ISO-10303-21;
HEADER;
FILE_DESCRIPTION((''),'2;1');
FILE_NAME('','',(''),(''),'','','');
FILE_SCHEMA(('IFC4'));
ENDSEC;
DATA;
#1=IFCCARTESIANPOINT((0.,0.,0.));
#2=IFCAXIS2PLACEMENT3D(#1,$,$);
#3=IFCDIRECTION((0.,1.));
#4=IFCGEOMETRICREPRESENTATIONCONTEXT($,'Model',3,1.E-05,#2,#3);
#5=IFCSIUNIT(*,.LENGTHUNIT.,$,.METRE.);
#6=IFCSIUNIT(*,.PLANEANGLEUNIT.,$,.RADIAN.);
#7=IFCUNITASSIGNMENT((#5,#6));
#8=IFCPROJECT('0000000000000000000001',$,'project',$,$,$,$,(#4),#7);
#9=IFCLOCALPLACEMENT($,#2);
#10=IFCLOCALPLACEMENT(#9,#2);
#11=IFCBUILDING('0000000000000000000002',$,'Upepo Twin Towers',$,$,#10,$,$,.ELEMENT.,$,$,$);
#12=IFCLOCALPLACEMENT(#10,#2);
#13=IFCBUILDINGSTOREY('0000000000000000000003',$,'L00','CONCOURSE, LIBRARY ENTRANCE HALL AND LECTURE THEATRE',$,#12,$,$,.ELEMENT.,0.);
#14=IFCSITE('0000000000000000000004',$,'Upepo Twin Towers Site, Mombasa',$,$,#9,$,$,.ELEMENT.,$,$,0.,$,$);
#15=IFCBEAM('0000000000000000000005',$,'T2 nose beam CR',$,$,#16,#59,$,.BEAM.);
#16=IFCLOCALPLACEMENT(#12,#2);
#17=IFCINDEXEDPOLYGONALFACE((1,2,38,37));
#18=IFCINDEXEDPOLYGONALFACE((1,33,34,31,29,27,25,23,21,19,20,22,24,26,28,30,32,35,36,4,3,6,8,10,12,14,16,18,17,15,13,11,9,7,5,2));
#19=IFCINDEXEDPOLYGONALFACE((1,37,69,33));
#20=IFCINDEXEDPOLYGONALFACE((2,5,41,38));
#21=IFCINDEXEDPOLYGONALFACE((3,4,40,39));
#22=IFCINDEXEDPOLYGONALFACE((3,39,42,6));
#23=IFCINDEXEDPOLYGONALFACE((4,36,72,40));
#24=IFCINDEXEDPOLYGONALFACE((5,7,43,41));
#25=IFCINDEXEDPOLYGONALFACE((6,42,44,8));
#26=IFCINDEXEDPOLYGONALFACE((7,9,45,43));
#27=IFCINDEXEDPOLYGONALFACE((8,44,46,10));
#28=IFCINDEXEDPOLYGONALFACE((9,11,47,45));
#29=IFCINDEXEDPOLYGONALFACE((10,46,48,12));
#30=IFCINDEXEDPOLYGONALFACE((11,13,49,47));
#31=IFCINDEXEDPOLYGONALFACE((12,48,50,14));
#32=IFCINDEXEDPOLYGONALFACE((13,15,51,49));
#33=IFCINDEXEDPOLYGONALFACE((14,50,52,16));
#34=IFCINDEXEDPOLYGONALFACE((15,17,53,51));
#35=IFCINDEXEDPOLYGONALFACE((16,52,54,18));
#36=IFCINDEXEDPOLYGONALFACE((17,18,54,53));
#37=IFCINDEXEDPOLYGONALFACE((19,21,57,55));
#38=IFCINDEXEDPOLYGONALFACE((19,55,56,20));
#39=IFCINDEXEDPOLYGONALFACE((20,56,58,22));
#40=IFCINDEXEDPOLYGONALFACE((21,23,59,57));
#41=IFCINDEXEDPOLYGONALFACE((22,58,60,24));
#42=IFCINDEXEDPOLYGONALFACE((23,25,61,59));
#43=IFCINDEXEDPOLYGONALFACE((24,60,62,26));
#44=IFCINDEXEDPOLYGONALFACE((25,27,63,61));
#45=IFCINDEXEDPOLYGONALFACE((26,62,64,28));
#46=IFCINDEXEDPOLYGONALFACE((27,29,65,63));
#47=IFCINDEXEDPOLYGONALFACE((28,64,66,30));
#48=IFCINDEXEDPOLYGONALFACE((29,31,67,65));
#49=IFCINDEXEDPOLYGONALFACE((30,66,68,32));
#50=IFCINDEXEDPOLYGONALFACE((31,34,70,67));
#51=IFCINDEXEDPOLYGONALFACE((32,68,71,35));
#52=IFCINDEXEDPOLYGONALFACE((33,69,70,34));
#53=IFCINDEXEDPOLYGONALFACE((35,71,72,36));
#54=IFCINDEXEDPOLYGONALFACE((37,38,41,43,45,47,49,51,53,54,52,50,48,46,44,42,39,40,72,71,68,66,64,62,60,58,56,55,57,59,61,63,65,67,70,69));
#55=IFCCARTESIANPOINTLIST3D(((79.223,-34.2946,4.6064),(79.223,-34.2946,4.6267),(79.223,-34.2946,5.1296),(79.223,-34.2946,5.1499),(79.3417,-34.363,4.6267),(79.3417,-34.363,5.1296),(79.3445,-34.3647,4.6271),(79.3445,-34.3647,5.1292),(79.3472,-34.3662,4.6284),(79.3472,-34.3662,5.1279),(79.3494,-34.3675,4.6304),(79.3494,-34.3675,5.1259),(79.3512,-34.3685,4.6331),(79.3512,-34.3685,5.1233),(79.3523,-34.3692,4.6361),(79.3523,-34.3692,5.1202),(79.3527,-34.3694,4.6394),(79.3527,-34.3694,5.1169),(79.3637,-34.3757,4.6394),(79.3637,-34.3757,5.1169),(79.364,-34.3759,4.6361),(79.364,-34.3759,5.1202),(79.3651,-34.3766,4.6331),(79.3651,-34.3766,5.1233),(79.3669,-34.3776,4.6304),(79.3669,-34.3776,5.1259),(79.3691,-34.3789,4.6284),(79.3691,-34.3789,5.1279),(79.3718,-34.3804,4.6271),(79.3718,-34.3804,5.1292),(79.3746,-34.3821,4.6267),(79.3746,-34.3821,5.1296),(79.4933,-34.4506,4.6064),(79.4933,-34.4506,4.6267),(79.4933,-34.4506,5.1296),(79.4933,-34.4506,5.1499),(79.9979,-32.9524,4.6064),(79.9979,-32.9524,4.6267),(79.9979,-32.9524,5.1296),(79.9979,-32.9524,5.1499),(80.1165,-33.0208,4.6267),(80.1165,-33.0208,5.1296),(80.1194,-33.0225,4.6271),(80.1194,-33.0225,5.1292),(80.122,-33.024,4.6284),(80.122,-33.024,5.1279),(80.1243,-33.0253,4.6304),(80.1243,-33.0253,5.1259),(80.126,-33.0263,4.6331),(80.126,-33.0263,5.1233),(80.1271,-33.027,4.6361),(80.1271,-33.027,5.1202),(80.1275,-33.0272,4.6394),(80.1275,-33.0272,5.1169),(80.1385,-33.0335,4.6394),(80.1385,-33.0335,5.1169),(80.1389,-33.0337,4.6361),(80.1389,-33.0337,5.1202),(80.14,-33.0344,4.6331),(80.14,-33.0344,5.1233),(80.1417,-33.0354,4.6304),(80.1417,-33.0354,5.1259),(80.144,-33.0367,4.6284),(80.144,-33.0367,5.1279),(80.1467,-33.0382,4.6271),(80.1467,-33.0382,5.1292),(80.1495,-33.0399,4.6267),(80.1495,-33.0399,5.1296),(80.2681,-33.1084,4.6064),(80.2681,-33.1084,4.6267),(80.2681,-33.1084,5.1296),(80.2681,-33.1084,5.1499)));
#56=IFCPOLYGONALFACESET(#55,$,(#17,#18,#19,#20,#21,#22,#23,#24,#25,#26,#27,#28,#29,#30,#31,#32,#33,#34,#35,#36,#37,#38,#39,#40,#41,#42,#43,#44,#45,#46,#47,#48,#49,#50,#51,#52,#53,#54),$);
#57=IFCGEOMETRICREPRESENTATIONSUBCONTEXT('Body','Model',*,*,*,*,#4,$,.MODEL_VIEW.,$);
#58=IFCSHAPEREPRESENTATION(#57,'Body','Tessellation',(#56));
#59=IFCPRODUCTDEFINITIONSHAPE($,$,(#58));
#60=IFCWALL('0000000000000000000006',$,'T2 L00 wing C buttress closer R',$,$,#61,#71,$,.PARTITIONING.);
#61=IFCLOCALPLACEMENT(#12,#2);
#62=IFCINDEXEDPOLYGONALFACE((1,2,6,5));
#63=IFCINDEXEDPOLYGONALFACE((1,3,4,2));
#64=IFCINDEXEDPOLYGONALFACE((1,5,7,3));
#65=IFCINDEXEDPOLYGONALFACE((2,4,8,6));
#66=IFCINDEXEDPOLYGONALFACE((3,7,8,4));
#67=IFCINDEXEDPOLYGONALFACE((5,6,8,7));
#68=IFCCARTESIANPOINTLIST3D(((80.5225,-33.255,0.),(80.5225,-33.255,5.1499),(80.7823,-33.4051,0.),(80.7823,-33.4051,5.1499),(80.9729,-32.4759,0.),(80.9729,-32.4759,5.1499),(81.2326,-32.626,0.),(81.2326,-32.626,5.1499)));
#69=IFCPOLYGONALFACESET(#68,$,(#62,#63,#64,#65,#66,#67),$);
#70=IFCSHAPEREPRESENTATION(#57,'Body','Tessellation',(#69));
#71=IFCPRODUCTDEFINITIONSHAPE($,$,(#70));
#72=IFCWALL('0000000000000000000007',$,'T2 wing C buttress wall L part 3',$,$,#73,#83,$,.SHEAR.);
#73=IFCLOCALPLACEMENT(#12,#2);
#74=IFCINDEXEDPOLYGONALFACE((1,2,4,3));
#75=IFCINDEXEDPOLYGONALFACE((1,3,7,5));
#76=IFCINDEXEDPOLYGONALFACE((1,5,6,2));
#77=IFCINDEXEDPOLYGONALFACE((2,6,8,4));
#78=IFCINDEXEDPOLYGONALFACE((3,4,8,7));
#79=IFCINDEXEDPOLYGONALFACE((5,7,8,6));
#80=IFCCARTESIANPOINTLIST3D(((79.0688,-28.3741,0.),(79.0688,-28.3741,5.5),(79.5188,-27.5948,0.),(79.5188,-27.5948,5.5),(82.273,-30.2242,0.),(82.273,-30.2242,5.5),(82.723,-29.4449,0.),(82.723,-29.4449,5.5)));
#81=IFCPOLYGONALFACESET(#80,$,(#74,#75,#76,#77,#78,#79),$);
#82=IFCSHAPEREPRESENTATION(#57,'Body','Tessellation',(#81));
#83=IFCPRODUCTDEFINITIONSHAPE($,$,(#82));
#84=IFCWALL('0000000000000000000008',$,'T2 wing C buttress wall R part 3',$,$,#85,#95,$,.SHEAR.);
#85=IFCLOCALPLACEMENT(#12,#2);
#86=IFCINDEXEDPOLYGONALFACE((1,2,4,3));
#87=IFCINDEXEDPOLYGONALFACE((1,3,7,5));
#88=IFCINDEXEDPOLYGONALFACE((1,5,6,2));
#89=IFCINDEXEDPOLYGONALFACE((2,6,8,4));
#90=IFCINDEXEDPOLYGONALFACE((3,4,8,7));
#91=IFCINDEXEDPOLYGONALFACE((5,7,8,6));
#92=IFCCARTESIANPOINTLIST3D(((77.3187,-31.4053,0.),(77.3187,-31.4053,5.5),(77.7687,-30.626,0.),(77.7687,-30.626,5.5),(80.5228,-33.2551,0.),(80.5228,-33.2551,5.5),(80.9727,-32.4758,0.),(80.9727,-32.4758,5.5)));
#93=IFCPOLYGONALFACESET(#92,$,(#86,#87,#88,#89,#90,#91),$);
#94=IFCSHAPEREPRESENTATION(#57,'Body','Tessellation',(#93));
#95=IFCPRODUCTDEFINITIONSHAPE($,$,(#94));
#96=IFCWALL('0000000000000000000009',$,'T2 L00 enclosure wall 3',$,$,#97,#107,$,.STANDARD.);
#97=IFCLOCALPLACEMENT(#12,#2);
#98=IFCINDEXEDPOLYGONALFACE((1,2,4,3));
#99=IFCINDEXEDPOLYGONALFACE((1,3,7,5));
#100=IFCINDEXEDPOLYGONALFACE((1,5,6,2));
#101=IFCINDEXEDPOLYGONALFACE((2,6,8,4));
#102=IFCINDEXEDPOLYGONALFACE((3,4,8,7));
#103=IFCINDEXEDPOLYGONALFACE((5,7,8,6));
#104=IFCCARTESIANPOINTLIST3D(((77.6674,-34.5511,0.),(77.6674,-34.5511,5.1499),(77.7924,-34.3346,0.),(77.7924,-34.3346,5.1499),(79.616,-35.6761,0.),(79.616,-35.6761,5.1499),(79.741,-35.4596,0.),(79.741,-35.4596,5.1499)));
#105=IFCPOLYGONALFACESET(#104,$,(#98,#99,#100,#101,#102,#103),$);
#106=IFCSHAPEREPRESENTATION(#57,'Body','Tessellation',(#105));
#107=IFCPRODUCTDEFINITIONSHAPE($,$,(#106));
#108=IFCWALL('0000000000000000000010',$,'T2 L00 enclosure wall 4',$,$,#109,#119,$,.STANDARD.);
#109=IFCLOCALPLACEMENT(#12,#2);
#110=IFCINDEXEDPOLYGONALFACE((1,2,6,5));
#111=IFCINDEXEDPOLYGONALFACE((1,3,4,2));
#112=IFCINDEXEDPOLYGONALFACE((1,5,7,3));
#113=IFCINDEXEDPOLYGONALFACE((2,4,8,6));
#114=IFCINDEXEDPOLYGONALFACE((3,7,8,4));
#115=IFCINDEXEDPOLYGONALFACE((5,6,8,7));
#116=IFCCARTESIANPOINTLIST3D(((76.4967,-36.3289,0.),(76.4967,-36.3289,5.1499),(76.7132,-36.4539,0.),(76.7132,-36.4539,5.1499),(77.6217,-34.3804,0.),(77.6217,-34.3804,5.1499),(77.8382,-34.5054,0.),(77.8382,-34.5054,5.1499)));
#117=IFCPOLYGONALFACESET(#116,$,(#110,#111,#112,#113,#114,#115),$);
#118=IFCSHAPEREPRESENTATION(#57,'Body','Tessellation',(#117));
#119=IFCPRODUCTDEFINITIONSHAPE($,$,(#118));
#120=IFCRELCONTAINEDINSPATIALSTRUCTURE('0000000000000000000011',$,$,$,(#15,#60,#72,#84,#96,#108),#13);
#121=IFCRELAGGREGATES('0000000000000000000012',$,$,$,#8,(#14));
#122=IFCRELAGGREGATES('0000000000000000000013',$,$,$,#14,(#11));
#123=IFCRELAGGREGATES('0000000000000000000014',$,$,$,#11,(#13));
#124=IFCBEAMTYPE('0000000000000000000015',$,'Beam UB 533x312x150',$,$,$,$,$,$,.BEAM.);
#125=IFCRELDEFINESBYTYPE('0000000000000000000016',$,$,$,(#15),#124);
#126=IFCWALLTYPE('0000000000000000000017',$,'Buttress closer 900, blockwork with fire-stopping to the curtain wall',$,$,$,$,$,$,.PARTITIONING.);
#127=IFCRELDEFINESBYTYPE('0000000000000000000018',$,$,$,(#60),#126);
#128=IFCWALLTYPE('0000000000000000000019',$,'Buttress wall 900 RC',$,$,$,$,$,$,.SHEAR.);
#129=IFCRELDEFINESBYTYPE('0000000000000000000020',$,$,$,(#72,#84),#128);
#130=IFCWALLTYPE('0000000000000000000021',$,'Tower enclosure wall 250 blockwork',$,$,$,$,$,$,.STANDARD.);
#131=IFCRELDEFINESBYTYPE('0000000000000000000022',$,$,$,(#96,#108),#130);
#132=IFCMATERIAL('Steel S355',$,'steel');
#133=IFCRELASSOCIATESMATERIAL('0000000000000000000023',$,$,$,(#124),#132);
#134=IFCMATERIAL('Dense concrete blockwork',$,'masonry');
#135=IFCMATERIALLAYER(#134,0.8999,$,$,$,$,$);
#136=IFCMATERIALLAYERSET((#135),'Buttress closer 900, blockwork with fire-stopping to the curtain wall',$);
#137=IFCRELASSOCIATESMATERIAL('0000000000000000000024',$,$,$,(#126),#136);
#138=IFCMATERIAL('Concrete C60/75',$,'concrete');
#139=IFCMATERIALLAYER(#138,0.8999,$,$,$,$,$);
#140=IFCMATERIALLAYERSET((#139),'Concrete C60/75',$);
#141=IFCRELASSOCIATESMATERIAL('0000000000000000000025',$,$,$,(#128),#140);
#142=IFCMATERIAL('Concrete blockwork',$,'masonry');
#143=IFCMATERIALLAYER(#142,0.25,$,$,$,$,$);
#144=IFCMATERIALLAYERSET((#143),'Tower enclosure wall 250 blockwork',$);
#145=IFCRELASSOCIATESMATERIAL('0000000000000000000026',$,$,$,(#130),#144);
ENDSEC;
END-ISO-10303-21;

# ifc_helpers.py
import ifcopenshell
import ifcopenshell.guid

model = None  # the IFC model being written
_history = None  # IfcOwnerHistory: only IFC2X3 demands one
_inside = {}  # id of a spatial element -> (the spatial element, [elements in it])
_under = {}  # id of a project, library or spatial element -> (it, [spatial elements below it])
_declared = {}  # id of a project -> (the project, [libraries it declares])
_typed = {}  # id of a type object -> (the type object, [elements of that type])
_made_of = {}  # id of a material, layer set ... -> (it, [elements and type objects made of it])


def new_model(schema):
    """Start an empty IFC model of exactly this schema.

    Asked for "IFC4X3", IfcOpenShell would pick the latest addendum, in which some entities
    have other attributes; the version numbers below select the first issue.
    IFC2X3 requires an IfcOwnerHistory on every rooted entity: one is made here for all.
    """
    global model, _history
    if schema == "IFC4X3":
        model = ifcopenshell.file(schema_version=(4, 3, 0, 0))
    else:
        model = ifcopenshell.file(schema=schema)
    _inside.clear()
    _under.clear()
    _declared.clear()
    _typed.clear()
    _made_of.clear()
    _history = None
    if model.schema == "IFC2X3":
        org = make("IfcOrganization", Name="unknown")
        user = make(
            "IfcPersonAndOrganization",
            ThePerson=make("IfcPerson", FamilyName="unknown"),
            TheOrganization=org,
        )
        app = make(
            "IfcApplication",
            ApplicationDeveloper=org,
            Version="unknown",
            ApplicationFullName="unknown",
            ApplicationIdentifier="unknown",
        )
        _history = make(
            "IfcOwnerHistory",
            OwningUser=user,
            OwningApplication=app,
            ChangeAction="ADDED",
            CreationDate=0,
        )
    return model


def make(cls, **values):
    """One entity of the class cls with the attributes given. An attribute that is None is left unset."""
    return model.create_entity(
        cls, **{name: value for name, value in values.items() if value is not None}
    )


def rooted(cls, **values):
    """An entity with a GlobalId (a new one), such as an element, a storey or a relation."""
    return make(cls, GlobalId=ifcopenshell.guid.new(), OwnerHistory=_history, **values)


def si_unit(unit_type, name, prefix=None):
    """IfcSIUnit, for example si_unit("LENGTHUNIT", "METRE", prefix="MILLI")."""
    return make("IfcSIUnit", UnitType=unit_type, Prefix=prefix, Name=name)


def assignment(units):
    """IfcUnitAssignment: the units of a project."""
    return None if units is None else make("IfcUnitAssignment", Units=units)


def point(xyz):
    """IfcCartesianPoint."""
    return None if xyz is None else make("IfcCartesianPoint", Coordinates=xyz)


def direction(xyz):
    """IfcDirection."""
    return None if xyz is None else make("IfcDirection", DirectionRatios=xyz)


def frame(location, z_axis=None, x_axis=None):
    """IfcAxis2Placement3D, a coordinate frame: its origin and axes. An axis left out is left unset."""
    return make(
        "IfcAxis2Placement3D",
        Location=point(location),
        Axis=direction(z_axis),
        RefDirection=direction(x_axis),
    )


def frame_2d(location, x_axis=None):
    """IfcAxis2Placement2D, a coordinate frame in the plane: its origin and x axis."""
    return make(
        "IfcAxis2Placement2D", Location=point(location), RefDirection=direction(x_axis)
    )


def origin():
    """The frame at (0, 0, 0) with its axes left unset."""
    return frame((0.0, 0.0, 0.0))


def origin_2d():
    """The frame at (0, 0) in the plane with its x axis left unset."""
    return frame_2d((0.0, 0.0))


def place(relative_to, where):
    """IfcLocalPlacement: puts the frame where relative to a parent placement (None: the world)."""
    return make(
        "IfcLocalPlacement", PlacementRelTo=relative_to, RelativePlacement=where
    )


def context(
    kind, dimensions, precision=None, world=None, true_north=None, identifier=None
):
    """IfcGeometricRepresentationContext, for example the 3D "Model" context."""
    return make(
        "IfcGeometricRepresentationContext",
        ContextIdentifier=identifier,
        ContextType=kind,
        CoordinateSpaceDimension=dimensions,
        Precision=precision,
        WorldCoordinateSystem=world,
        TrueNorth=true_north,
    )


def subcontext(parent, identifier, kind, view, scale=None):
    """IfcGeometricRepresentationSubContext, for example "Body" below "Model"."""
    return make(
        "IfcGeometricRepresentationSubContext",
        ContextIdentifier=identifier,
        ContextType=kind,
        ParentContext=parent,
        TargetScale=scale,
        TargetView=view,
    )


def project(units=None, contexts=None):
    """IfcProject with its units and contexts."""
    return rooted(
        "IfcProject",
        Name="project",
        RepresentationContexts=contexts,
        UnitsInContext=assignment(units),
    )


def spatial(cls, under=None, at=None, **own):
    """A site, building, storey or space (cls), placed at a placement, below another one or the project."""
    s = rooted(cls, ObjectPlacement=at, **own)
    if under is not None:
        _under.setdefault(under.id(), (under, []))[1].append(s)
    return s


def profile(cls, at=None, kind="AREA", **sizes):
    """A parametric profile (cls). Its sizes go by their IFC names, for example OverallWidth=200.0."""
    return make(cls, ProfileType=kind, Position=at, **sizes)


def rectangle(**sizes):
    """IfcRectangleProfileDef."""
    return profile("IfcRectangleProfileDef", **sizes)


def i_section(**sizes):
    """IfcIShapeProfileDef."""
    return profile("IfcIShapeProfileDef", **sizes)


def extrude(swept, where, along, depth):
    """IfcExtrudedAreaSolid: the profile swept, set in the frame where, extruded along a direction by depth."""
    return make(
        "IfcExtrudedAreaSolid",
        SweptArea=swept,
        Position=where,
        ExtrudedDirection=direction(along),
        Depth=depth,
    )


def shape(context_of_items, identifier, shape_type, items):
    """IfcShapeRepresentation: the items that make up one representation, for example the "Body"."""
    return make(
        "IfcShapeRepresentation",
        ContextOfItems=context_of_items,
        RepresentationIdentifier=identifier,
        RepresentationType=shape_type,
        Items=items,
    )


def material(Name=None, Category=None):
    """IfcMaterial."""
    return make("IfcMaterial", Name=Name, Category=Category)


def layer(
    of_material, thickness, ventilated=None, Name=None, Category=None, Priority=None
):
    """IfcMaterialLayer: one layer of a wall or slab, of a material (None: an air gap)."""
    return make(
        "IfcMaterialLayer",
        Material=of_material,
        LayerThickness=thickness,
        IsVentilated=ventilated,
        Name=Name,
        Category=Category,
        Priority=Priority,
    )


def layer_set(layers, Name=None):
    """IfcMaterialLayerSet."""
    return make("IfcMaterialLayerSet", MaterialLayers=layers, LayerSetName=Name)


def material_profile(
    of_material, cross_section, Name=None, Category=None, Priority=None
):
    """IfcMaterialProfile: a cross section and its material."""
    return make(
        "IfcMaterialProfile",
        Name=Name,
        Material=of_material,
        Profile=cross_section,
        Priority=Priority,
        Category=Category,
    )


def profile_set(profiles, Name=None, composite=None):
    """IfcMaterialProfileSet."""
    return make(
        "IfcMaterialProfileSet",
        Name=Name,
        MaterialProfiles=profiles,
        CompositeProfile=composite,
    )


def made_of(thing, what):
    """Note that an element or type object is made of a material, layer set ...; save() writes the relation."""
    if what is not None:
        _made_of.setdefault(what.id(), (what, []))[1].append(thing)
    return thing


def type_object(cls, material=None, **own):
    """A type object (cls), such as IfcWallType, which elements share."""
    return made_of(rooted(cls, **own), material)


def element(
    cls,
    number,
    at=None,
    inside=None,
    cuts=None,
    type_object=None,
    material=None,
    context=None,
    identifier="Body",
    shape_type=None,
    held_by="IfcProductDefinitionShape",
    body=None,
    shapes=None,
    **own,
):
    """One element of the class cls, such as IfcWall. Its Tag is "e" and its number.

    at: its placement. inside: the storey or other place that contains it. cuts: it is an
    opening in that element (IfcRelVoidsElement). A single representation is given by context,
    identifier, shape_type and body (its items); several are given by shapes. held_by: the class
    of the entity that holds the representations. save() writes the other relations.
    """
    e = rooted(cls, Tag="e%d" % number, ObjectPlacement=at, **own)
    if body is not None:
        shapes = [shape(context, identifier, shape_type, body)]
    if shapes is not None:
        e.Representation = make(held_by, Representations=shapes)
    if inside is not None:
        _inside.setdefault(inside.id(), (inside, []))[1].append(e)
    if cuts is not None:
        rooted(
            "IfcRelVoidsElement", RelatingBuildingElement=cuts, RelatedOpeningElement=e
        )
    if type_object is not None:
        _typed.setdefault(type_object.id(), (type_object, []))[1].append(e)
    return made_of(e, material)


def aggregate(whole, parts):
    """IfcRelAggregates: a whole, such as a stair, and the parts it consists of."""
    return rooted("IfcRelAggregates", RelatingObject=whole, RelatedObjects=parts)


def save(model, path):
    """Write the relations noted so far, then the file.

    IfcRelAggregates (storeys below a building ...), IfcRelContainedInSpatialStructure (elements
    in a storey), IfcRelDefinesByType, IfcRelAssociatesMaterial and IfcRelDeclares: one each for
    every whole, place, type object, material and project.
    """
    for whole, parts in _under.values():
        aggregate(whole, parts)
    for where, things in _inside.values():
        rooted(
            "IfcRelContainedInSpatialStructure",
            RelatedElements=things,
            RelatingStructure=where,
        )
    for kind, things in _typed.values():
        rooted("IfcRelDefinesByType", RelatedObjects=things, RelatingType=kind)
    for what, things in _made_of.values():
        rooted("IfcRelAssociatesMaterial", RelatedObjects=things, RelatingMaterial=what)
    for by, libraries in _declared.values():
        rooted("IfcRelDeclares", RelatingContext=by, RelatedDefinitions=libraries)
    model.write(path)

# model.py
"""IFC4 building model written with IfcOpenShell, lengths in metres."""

from ifc_helpers import new_model, si_unit, direction, frame, frame_2d, origin, origin_2d, place, context, subcontext, project, spatial, rectangle, i_section, extrude, material, layer, layer_set, material_profile, profile_set, type_object, element, save


model = new_model("IFC4")

# Units and contexts
model_context = context("Model", 3, precision=1e-05, world=origin(), true_north=direction((0.0, 1.0)))
body_context = subcontext(model_context, "Body", "Model", "MODEL_VIEW")
ifc_project = project(units=[si_unit("LENGTHUNIT", "METRE"), si_unit("PLANEANGLEUNIT", "RADIAN")], contexts=[model_context])

# Site, building, storey
site_placement = place(None, origin())
site = spatial("IfcSite", under=ifc_project, at=site_placement, Name="Upepo Twin Towers Site, Mombasa", CompositionType="ELEMENT", RefElevation=0.0)
building_placement = place(site_placement, origin())
building = spatial("IfcBuilding", under=site, at=building_placement, Name="Upepo Twin Towers", CompositionType="ELEMENT")
storey_placement = place(building_placement, origin())
storey = spatial("IfcBuildingStorey", under=building, at=storey_placement, Name="L00", Description="CONCOURSE, LIBRARY ENTRANCE HALL AND LECTURE THEATRE", CompositionType="ELEMENT", Elevation=0.0)

# Beam
ifc_material_1 = material(Name="Steel S355", Category="steel")
ifc_material_profile_1 = material_profile(ifc_material_1, i_section(OverallWidth=0.312, OverallDepth=0.5435, WebThickness=0.0127, FlangeThickness=0.0203, FilletRadius=0.0127, at=origin_2d()), Name="UB 533x312x150")
ifc_profile_set_1 = profile_set([ifc_material_profile_1], Name="Steel S355")
beam_type = type_object("IfcBeamType", Name="Beam UB 533x312x150", PredefinedType="BEAM", material=ifc_profile_set_1)
beam_placement = place(storey_placement, frame((79.3582, -34.3726, 4.8782), z_axis=(0.499968, 0.866044, 0.0), x_axis=(-0.866044, 0.499968, 0.0)))
element("IfcBeam", 1, at=beam_placement, inside=storey, type_object=beam_type, Name="T2 nose beam CR", PredefinedType="BEAM", context=body_context, shape_type="SweptSolid", body=[
    extrude(i_section(OverallWidth=0.312, OverallDepth=0.5435, WebThickness=0.0127, FlangeThickness=0.0203, FilletRadius=0.0127, at=origin_2d()), origin(), (0.0, 0.0, 1.0), 1.5498),
])

# Walls
ifc_material_2 = material(Name="Dense concrete blockwork", Category="masonry")
ifc_layer_1 = layer(ifc_material_2, 0.8999)
ifc_layer_set_1 = layer_set([ifc_layer_1], Name="Buttress closer 900, blockwork with fire-stopping to the curtain wall")
wall_type_1 = type_object("IfcWallType", Name="Buttress closer 900, blockwork with fire-stopping to the curtain wall", PredefinedType="PARTITIONING", material=ifc_layer_set_1)
wall_1_placement = place(storey_placement, frame((80.7478, -32.8655, 0.0), z_axis=(0.0, 0.0, 1.0), x_axis=(0.865779, -0.500427, 0.0)))
element("IfcWall", 2, at=wall_1_placement, inside=storey, type_object=wall_type_1, Name="T2 L00 wing C buttress closer R", PredefinedType="PARTITIONING", context=body_context, shape_type="SweptSolid", body=[
    extrude(rectangle(XDim=0.3, YDim=0.8999, at=frame_2d((0.1499, 0.0))), origin(), (0.0, 0.0, 1.0), 5.1499),
])
ifc_material_3 = material(Name="Concrete C60/75", Category="concrete")
ifc_layer_2 = layer(ifc_material_3, 0.8999)
ifc_layer_set_2 = layer_set([ifc_layer_2], Name="Concrete C60/75")
wall_type_2 = type_object("IfcWallType", Name="Buttress wall 900 RC", PredefinedType="SHEAR", material=ifc_layer_set_2)
wall_2_placement = place(storey_placement, frame((79.2937, -27.9844, 0.0), z_axis=(0.0, 0.0, 1.0), x_axis=(0.866001, -0.500042, 0.0)))
element("IfcWall", 3, at=wall_2_placement, inside=storey, type_object=wall_type_2, Name="T2 wing C buttress wall L part 3", PredefinedType="SHEAR", context=body_context, shape_type="SweptSolid", body=[
    extrude(rectangle(XDim=3.7, YDim=0.8999, at=frame_2d((1.8501, 0.0))), origin(), (0.0, 0.0, 1.0), 5.5),
])
wall_3_placement = place(storey_placement, frame((77.5437, -31.0156, 0.0), z_axis=(0.0, 0.0, 1.0), x_axis=(0.86603, -0.499993, 0.0)))
element("IfcWall", 4, at=wall_3_placement, inside=storey, type_object=wall_type_2, Name="T2 wing C buttress wall R part 3", PredefinedType="SHEAR", context=body_context, shape_type="SweptSolid", body=[
    extrude(rectangle(XDim=3.6997, YDim=0.8999, at=frame_2d((1.8499, 0.0))), origin(), (0.0, 0.0, 1.0), 5.5),
])
ifc_material_4 = material(Name="Concrete blockwork", Category="masonry")
ifc_layer_3 = layer(ifc_material_4, 0.25)
ifc_layer_set_3 = layer_set([ifc_layer_3], Name="Tower enclosure wall 250 blockwork")
wall_type_3 = type_object("IfcWallType", Name="Tower enclosure wall 250 blockwork", PredefinedType="STANDARD", material=ifc_layer_set_3)
for number, where, z_axis, x_axis, name in (
    (5, (79.6785, -35.5679, 0.0), (0.0, 0.0, 1.0), (-0.866018, 0.500014, 0.0), "T2 L00 enclosure wall 3"),
    (6, (77.73, -34.4429, 0.0), (0.0, 0.0, 1.0), (-0.500014, -0.866018, 0.0), "T2 L00 enclosure wall 4"),
):
    element("IfcWall", number, at=place(storey_placement, frame(where, z_axis=z_axis, x_axis=x_axis)), inside=storey, type_object=wall_type_3, Name=name, PredefinedType="STANDARD", context=body_context, shape_type="SweptSolid", body=[
        extrude(rectangle(XDim=2.25, YDim=0.25, at=frame_2d((1.125, 0.0))), origin(), (0.0, 0.0, 1.0), 5.1499),
    ])

save(model, "model.ifc")
